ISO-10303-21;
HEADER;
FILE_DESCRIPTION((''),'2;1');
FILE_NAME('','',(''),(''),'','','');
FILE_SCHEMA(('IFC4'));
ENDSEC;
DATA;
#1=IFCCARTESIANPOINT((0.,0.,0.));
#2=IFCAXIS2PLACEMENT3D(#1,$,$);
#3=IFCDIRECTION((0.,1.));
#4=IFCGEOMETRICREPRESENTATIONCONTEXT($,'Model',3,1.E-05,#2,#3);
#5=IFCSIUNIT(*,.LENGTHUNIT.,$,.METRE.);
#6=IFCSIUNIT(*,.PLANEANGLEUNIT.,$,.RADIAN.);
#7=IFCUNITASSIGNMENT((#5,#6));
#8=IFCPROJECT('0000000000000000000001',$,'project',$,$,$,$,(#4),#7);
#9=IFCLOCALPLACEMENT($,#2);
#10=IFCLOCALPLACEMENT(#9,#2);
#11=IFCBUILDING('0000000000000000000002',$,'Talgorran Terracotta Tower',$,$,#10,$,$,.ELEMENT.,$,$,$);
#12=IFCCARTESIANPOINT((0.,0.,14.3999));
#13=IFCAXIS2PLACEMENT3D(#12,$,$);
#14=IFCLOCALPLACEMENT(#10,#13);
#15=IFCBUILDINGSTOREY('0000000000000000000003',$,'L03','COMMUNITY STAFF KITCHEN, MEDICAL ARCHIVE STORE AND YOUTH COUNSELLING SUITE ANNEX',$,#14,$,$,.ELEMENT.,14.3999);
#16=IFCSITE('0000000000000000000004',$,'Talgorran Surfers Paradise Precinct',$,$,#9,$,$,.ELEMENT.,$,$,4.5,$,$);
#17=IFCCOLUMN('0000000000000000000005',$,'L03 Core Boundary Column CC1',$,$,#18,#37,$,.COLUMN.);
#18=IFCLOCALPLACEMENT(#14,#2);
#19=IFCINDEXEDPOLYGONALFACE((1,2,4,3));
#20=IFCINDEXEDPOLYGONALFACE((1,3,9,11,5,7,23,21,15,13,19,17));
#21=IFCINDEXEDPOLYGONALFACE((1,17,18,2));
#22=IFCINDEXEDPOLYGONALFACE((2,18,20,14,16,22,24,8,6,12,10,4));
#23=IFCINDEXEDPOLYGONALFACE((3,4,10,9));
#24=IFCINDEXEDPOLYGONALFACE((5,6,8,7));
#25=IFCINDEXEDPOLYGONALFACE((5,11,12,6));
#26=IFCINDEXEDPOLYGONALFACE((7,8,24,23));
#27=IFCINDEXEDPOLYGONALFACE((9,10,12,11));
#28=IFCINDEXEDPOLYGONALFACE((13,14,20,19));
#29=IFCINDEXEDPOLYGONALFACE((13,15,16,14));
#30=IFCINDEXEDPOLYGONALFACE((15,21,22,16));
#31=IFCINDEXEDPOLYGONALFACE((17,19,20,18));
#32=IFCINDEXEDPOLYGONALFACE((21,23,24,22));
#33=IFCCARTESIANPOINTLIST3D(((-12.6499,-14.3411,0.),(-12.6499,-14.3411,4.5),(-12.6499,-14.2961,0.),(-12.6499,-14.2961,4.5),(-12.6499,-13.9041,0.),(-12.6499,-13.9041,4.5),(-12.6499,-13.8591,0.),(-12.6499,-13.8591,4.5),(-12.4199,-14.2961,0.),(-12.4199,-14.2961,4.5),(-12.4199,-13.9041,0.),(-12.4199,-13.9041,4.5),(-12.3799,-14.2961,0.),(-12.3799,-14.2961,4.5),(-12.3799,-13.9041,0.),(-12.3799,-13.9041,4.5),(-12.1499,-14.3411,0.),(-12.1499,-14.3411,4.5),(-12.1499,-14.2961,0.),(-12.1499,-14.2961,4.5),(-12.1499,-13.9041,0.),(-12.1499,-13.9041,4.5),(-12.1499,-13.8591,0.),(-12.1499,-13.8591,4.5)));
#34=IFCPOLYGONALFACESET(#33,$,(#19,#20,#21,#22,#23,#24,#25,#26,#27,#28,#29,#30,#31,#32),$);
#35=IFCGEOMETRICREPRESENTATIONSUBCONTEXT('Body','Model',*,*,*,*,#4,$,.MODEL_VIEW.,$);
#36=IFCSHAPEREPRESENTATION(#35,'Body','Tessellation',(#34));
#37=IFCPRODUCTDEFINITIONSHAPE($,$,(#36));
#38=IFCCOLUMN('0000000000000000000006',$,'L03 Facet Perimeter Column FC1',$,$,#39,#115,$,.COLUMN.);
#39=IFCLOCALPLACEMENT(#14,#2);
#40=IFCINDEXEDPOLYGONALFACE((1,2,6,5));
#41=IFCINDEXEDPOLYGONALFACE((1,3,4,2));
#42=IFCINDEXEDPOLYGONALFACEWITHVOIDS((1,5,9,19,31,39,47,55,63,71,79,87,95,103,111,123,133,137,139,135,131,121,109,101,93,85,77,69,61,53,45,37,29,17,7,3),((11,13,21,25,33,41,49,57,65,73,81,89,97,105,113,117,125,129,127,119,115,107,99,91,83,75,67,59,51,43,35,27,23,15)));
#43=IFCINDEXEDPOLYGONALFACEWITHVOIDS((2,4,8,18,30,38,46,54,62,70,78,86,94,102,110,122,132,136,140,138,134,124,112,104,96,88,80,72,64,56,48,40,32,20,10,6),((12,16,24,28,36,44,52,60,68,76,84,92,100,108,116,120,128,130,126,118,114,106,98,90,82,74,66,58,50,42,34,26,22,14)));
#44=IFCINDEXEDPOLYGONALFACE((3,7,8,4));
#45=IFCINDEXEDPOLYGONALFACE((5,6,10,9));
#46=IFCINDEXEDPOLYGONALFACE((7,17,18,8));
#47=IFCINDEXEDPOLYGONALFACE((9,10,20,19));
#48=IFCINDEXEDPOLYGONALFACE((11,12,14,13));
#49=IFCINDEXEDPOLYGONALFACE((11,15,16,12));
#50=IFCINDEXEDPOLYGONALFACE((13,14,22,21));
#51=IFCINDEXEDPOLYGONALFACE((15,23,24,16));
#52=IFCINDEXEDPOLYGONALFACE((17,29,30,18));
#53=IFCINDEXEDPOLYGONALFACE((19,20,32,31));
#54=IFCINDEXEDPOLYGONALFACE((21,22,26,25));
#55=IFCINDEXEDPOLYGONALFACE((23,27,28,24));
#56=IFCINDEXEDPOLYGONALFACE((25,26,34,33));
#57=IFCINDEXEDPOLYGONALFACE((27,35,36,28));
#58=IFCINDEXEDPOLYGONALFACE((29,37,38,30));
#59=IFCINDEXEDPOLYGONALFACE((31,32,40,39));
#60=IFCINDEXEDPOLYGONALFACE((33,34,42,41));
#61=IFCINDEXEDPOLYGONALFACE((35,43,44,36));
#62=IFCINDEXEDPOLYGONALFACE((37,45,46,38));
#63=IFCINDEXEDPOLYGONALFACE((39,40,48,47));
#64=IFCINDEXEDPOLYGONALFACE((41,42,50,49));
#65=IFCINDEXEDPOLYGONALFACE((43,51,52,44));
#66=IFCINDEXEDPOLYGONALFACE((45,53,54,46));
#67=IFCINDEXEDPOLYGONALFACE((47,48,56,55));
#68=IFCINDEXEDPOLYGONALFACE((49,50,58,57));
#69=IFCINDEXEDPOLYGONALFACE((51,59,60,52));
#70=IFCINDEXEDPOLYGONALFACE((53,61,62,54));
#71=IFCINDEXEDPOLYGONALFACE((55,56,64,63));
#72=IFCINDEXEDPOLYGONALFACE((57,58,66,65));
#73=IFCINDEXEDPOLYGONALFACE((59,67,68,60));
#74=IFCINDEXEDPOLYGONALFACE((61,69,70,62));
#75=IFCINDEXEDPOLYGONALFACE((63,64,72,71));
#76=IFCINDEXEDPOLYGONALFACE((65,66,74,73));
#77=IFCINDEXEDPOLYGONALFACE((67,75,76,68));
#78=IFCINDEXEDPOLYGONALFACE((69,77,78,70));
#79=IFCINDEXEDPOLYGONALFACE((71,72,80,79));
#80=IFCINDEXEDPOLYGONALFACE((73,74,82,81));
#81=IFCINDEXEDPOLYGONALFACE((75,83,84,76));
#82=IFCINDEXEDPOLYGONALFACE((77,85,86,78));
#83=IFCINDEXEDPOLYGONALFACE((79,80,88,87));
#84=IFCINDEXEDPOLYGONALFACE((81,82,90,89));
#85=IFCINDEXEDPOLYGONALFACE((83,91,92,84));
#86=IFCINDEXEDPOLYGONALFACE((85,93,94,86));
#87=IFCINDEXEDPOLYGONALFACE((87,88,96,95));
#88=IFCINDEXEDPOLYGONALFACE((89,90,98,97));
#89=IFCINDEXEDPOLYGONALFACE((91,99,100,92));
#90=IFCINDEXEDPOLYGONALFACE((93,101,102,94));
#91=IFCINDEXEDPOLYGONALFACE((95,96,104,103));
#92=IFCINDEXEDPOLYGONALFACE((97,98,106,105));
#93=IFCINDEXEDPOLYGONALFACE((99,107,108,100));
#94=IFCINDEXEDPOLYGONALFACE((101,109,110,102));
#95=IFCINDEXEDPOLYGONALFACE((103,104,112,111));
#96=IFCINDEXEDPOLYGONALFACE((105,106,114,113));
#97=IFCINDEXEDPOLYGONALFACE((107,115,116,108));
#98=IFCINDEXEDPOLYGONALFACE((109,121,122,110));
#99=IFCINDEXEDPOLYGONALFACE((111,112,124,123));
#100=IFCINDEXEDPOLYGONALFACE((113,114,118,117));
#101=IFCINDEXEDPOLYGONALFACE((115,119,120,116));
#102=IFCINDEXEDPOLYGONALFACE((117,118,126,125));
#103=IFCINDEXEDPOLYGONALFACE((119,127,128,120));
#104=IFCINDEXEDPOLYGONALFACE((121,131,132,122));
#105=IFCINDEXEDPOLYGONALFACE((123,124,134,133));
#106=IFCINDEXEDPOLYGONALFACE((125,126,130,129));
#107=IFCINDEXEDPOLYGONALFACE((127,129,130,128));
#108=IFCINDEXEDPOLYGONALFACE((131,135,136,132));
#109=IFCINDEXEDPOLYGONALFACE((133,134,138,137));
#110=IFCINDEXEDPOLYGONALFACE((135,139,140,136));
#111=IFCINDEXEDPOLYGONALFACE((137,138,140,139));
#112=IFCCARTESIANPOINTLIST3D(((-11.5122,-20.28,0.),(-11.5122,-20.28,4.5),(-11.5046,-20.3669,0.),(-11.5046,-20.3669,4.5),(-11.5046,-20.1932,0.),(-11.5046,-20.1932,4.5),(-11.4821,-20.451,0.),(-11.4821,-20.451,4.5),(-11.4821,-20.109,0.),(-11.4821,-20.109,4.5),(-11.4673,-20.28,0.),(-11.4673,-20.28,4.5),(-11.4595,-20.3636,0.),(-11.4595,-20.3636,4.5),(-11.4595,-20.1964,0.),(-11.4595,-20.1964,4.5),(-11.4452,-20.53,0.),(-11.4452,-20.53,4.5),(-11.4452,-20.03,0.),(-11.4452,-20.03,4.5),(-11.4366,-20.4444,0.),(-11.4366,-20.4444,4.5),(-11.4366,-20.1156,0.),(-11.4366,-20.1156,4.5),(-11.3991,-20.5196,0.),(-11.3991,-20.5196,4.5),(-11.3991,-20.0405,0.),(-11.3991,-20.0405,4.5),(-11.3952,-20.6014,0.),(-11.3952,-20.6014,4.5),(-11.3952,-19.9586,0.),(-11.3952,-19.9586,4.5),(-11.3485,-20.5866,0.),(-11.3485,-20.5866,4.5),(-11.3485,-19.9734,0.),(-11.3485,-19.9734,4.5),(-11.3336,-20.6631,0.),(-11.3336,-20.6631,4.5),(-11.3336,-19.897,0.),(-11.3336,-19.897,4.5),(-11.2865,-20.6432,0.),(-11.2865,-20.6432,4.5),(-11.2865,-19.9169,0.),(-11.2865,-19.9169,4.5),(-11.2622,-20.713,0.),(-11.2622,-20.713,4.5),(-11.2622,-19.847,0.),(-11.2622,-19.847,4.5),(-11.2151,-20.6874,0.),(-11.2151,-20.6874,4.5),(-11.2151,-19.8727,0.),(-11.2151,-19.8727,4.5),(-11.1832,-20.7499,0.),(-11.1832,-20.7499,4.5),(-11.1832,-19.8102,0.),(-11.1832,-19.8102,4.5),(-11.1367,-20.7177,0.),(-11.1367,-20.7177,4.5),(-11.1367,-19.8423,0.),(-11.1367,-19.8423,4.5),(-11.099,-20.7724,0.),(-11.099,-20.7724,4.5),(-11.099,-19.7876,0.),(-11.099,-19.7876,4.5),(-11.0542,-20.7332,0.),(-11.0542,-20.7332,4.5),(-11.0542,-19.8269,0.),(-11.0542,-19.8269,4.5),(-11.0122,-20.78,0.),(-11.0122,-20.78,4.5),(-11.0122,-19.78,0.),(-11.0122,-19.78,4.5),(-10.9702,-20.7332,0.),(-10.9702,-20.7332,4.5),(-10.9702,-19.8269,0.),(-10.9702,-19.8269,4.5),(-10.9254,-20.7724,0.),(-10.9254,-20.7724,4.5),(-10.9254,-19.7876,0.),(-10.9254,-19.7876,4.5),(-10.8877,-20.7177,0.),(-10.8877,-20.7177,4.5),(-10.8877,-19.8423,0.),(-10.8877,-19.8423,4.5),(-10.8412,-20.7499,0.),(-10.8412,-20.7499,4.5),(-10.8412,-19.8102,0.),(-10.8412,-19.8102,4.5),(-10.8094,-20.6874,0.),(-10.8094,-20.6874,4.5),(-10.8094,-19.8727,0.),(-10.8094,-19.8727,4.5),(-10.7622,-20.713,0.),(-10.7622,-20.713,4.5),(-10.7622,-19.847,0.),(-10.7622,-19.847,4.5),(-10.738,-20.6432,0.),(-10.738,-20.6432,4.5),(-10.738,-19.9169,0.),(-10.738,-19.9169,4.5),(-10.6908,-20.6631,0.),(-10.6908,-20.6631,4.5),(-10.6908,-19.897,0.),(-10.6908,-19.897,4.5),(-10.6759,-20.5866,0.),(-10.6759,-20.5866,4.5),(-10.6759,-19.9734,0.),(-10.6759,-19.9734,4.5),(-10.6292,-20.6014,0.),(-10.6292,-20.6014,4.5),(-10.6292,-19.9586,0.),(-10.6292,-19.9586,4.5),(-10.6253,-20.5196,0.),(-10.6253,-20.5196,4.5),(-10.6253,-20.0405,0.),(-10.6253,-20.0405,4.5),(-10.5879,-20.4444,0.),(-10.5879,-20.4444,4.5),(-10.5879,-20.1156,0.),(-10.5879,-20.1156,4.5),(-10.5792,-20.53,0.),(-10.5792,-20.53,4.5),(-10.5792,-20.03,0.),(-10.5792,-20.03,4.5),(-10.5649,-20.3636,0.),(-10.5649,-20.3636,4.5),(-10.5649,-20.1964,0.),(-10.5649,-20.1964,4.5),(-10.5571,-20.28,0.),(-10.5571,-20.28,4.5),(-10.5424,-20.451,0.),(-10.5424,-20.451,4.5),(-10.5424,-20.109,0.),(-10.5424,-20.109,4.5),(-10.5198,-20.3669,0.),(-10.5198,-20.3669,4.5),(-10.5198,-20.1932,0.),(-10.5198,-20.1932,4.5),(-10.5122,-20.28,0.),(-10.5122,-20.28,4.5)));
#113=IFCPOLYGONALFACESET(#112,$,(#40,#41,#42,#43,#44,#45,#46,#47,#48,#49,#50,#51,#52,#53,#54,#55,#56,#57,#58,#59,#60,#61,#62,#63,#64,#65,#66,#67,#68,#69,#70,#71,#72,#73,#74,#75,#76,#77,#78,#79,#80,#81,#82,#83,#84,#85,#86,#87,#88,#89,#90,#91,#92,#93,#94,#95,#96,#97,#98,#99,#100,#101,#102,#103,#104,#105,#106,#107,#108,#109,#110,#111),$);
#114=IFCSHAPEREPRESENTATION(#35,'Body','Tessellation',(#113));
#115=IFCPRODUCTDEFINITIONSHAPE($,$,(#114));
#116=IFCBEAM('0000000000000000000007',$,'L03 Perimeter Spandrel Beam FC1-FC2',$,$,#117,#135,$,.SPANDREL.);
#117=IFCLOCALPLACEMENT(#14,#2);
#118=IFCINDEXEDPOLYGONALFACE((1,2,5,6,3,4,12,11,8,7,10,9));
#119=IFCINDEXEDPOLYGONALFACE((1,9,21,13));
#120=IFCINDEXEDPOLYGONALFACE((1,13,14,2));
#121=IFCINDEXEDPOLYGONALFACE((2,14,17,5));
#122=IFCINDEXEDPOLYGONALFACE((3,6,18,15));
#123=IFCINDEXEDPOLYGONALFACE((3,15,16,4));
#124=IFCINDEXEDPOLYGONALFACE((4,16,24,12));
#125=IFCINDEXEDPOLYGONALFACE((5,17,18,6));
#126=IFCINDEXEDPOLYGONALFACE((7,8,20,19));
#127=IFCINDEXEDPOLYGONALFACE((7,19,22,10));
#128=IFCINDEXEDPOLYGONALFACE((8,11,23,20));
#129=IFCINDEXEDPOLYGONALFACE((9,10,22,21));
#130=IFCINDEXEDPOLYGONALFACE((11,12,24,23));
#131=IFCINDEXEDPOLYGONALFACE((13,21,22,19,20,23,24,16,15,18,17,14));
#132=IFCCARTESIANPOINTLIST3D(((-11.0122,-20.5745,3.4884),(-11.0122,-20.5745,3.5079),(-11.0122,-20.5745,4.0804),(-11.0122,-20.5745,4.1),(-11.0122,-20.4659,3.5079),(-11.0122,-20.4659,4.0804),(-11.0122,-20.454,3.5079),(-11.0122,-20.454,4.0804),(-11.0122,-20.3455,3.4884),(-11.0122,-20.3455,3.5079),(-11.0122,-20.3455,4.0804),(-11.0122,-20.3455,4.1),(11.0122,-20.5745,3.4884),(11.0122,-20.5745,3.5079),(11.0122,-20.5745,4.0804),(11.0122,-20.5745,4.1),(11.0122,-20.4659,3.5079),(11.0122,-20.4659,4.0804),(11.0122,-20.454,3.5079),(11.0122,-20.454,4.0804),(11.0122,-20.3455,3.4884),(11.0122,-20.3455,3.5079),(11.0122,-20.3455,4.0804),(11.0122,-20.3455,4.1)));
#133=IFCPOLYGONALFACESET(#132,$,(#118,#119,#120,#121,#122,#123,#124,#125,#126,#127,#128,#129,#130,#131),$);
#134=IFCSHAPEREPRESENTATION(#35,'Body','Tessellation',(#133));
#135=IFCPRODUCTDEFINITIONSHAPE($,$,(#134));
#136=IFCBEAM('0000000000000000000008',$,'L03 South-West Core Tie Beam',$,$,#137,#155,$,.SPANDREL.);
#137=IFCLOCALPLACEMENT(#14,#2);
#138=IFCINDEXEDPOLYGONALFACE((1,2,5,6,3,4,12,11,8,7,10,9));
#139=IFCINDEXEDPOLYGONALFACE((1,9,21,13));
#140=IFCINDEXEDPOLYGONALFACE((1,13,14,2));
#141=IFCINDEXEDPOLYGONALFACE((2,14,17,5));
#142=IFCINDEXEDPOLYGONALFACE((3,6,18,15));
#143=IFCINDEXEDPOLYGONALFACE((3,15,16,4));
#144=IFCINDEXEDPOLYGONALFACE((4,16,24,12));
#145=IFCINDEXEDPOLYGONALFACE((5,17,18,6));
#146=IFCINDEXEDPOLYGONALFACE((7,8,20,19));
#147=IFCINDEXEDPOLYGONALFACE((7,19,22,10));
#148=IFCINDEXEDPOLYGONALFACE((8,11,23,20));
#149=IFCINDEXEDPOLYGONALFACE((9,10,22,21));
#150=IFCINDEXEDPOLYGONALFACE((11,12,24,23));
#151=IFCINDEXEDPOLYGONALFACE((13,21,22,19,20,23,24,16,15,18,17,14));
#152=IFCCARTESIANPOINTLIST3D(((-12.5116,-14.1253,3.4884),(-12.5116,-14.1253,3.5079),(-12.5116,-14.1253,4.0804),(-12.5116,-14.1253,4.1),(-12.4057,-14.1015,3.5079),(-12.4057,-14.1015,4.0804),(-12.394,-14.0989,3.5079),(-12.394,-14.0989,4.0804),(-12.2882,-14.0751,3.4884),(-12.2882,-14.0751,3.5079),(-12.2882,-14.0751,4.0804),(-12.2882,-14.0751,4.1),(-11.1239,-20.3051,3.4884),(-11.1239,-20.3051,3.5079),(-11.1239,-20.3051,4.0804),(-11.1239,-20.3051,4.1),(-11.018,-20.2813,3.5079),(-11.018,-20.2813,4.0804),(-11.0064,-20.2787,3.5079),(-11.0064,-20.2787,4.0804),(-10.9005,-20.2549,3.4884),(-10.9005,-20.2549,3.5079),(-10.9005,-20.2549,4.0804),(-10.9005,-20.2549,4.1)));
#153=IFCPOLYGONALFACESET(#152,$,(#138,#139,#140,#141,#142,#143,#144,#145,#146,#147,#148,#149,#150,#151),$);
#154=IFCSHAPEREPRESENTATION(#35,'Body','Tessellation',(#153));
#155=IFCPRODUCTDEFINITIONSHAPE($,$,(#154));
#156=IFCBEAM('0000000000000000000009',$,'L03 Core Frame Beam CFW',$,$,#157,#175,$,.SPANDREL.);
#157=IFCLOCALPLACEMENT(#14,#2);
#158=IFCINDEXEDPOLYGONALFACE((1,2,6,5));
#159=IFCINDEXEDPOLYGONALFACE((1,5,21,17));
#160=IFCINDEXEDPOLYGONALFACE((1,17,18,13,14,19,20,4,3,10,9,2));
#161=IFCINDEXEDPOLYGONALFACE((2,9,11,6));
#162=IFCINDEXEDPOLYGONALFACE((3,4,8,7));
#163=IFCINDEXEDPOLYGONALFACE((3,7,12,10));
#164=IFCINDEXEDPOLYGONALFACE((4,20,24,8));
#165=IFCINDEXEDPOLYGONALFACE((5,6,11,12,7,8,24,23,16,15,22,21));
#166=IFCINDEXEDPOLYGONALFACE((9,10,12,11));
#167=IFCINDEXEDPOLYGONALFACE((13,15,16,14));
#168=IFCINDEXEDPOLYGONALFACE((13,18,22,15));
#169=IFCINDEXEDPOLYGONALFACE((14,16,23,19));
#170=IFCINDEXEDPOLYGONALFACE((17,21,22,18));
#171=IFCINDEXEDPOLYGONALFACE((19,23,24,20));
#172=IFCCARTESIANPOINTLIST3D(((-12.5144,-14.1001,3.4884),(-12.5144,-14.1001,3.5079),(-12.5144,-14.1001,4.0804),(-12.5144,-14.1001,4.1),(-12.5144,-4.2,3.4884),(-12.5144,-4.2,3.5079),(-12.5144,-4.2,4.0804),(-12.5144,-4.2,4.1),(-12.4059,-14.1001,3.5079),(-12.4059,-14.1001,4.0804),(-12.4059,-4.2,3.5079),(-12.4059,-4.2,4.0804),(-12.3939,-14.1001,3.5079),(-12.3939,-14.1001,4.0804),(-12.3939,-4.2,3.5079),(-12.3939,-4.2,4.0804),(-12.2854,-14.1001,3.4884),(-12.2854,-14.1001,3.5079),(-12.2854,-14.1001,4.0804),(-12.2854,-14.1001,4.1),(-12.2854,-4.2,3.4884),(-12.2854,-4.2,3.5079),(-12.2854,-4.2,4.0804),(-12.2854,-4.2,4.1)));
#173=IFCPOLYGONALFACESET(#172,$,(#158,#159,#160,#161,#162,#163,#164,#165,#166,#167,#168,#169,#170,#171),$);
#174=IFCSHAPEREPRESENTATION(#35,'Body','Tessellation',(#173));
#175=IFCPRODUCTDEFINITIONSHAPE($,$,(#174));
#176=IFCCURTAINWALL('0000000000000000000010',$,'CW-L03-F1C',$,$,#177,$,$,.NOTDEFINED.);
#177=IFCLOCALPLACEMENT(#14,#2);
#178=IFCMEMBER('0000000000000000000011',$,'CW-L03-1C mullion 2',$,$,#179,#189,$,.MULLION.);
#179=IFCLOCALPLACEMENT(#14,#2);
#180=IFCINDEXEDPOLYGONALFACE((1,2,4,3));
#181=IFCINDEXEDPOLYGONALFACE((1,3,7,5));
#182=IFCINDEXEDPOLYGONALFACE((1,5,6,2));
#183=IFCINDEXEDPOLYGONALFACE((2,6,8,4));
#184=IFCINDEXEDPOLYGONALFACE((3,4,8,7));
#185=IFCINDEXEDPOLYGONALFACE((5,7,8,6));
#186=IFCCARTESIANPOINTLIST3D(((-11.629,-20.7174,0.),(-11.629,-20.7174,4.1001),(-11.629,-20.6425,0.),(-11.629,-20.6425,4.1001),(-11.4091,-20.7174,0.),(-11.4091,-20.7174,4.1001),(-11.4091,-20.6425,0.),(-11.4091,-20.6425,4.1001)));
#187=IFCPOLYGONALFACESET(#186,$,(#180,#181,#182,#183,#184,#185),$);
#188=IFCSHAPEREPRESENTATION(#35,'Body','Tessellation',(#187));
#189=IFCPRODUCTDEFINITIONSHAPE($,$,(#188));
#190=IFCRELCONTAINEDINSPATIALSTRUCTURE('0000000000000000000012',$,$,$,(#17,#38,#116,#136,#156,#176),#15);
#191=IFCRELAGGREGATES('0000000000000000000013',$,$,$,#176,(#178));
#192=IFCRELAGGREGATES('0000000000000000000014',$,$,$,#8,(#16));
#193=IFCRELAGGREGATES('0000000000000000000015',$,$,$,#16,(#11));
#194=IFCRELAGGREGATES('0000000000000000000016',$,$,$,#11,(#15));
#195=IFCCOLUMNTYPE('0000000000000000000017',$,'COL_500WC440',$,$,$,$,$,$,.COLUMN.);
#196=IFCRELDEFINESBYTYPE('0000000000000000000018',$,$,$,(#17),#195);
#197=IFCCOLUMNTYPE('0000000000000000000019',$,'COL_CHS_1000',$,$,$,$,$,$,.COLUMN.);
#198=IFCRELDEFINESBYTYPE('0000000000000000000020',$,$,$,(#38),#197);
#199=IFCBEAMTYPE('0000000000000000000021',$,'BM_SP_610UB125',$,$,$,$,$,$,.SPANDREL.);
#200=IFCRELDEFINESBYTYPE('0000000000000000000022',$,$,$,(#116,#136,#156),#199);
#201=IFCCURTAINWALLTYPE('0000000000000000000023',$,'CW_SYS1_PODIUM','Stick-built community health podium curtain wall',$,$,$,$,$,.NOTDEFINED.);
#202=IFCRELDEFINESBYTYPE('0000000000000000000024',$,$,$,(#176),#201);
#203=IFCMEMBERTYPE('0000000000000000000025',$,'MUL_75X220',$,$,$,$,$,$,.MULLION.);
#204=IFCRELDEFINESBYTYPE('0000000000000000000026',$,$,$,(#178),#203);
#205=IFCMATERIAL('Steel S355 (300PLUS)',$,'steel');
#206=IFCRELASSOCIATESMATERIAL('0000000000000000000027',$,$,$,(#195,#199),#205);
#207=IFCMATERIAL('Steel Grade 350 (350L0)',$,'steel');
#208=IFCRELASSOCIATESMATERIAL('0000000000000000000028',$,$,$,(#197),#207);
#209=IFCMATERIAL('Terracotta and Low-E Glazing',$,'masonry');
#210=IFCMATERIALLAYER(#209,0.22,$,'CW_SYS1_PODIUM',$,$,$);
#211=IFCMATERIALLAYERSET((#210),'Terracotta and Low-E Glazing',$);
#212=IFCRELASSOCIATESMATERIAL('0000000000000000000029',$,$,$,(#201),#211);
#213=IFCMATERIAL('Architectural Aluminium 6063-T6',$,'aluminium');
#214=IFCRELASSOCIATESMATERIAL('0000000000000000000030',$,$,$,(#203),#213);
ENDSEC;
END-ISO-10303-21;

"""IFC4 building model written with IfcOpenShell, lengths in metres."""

from ifc_helpers import new_model, si_unit, direction, frame, origin, origin_2d, place, context, subcontext, project, spatial, rectangle, hollow_circle, i_section, extrude, material, layer, layer_set, material_profile, profile_set, type_object, element, aggregate, save


model = new_model("IFC4")

# Units and contexts
model_context = context("Model", 3, precision=1e-05, world=origin(), true_north=direction((0.0, 1.0)))
body_context = subcontext(model_context, "Body", "Model", "MODEL_VIEW")
ifc_project = project(units=[si_unit("LENGTHUNIT", "METRE"), si_unit("PLANEANGLEUNIT", "RADIAN")], contexts=[model_context])

# Site, building, storey
site_placement = place(None, origin())
site = spatial("IfcSite", under=ifc_project, at=site_placement, Name="Talgorran Surfers Paradise Precinct", CompositionType="ELEMENT", RefElevation=4.5)
building_placement = place(site_placement, origin())
building = spatial("IfcBuilding", under=site, at=building_placement, Name="Talgorran Terracotta Tower", CompositionType="ELEMENT")
storey_placement = place(building_placement, frame((0.0, 0.0, 14.3999)))
storey = spatial("IfcBuildingStorey", under=building, at=storey_placement, Name="L03", Description="COMMUNITY STAFF KITCHEN, MEDICAL ARCHIVE STORE AND YOUTH COUNSELLING SUITE ANNEX", CompositionType="ELEMENT", Elevation=14.3999)

# Columns
ifc_material_1 = material(Name="Steel S355 (300PLUS)", Category="steel")
ifc_material_profile_1 = material_profile(ifc_material_1, i_section(OverallWidth=0.5, OverallDepth=0.4819, WebThickness=0.04, FlangeThickness=0.0449, at=origin_2d()), Name="500WC440")
ifc_profile_set_1 = profile_set([ifc_material_profile_1], Name="Steel S355 (300PLUS)")
column_type_1 = type_object("IfcColumnType", Name="COL_500WC440", PredefinedType="COLUMN", material=ifc_profile_set_1)
column_1_placement = place(storey_placement, frame((-12.3999, -14.1001, 0.0), z_axis=(0.0, 0.0, 1.0), x_axis=(1.0, 0.0, 0.0)))
element("IfcColumn", 1, at=column_1_placement, inside=storey, type_object=column_type_1, Name="L03 Core Boundary Column CC1", PredefinedType="COLUMN", context=body_context, shape_type="SweptSolid", body=[
    extrude(i_section(OverallWidth=0.5, OverallDepth=0.4819, WebThickness=0.04, FlangeThickness=0.0449, at=origin_2d()), origin(), (0.0, 0.0, 1.0), 4.5),
])
ifc_material_2 = material(Name="Steel Grade 350 (350L0)", Category="steel")
ifc_material_profile_2 = material_profile(ifc_material_2, hollow_circle(Radius=0.5, WallThickness=0.0449, at=origin_2d()), Name="CHS1000X45")
ifc_profile_set_2 = profile_set([ifc_material_profile_2], Name="Steel Grade 350 (350L0)")
column_type_2 = type_object("IfcColumnType", Name="COL_CHS_1000", PredefinedType="COLUMN", material=ifc_profile_set_2)
column_2_placement = place(storey_placement, frame((-11.0122, -20.28, 0.0), z_axis=(0.0, 0.0, 1.0), x_axis=(1.0, 0.0, 0.0)))
element("IfcColumn", 2, at=column_2_placement, inside=storey, type_object=column_type_2, Name="L03 Facet Perimeter Column FC1", PredefinedType="COLUMN", context=body_context, shape_type="SweptSolid", body=[
    extrude(hollow_circle(Radius=0.5, WallThickness=0.0449, at=origin_2d()), origin(), (0.0, 0.0, 1.0), 4.5),
])

# Beams
ifc_material_profile_3 = material_profile(ifc_material_1, i_section(OverallWidth=0.229, OverallDepth=0.6116, WebThickness=0.012, FlangeThickness=0.0195, at=origin_2d()), Name="610UB125")
ifc_profile_set_3 = profile_set([ifc_material_profile_3], Name="Steel S355 (300PLUS)")
beam_type = type_object("IfcBeamType", Name="BM_SP_610UB125", PredefinedType="SPANDREL", material=ifc_profile_set_3)
beam_1_placement = place(storey_placement, frame((-11.0122, -20.46, 3.7942), z_axis=(1.0, 0.0, 0.0), x_axis=(0.0, 1.0, 0.0)))
element("IfcBeam", 3, at=beam_1_placement, inside=storey, type_object=beam_type, Name="L03 Perimeter Spandrel Beam FC1-FC2", PredefinedType="SPANDREL", context=body_context, shape_type="SweptSolid", body=[
    extrude(i_section(OverallWidth=0.229, OverallDepth=0.6116, WebThickness=0.012, FlangeThickness=0.0195, at=origin_2d()), origin(), (0.0, 0.0, 1.0), 22.0244),
])
beam_2_placement = place(storey_placement, frame((-11.0122, -20.28, 3.7942), z_axis=(-0.219093, 0.975704, 0.0), x_axis=(-0.975704, -0.219093, 0.0)))
element("IfcBeam", 4, at=beam_2_placement, inside=storey, type_object=beam_type, Name="L03 South-West Core Tie Beam", PredefinedType="SPANDREL", context=body_context, shape_type="SweptSolid", body=[
    extrude(i_section(OverallWidth=0.229, OverallDepth=0.6116, WebThickness=0.012, FlangeThickness=0.0195, at=origin_2d()), origin(), (0.0, 0.0, 1.0), 6.3337),
])
beam_3_placement = place(storey_placement, frame((-12.3999, -14.1001, 3.7942), z_axis=(0.0, 1.0, 0.0), x_axis=(-1.0, 0.0, 0.0)))
element("IfcBeam", 5, at=beam_3_placement, inside=storey, type_object=beam_type, Name="L03 Core Frame Beam CFW", PredefinedType="SPANDREL", context=body_context, shape_type="SweptSolid", body=[
    extrude(i_section(OverallWidth=0.229, OverallDepth=0.6116, WebThickness=0.012, FlangeThickness=0.0195, at=origin_2d()), origin(), (0.0, 0.0, 1.0), 9.9001),
])

# Curtain wall, member
ifc_material_3 = material(Name="Terracotta and Low-E Glazing", Category="masonry")
ifc_layer_1 = layer(ifc_material_3, 0.22, Name="CW_SYS1_PODIUM")
ifc_layer_set_1 = layer_set([ifc_layer_1], Name="Terracotta and Low-E Glazing")
curtain_wall_type = type_object("IfcCurtainWallType", Name="CW_SYS1_PODIUM", Description="Stick-built community health podium curtain wall", PredefinedType="NOTDEFINED", material=ifc_layer_set_1)
curtain_wall_placement = place(storey_placement, origin())
curtain_wall = element("IfcCurtainWall", 6, at=curtain_wall_placement, inside=storey, type_object=curtain_wall_type, Name="CW-L03-F1C", PredefinedType="NOTDEFINED")
ifc_material_4 = material(Name="Architectural Aluminium 6063-T6", Category="aluminium")
ifc_material_profile_4 = material_profile(ifc_material_4, rectangle(XDim=0.075, YDim=0.22, at=origin_2d()), Name="CWM75X220")
ifc_profile_set_4 = profile_set([ifc_material_profile_4], Name="Architectural Aluminium 6063-T6")
member_type_1 = type_object("IfcMemberType", Name="MUL_75X220", PredefinedType="MULLION", material=ifc_profile_set_4)
member_1_placement = place(storey_placement, frame((-11.519, -20.6799, 0.0), z_axis=(0.0, 0.0, 1.0), x_axis=(0.0, 1.0, 0.0)))
member_1 = element("IfcMember", 7, at=member_1_placement, type_object=member_type_1, Name="CW-L03-1C mullion 2", PredefinedType="MULLION", context=body_context, shape_type="SweptSolid", body=[
    extrude(rectangle(XDim=0.075, YDim=0.22, at=origin_2d()), origin(), (0.0, 0.0, 1.0), 4.1001),
])
aggregate(curtain_wall, [member_1])

save(model, "model.ifc")
